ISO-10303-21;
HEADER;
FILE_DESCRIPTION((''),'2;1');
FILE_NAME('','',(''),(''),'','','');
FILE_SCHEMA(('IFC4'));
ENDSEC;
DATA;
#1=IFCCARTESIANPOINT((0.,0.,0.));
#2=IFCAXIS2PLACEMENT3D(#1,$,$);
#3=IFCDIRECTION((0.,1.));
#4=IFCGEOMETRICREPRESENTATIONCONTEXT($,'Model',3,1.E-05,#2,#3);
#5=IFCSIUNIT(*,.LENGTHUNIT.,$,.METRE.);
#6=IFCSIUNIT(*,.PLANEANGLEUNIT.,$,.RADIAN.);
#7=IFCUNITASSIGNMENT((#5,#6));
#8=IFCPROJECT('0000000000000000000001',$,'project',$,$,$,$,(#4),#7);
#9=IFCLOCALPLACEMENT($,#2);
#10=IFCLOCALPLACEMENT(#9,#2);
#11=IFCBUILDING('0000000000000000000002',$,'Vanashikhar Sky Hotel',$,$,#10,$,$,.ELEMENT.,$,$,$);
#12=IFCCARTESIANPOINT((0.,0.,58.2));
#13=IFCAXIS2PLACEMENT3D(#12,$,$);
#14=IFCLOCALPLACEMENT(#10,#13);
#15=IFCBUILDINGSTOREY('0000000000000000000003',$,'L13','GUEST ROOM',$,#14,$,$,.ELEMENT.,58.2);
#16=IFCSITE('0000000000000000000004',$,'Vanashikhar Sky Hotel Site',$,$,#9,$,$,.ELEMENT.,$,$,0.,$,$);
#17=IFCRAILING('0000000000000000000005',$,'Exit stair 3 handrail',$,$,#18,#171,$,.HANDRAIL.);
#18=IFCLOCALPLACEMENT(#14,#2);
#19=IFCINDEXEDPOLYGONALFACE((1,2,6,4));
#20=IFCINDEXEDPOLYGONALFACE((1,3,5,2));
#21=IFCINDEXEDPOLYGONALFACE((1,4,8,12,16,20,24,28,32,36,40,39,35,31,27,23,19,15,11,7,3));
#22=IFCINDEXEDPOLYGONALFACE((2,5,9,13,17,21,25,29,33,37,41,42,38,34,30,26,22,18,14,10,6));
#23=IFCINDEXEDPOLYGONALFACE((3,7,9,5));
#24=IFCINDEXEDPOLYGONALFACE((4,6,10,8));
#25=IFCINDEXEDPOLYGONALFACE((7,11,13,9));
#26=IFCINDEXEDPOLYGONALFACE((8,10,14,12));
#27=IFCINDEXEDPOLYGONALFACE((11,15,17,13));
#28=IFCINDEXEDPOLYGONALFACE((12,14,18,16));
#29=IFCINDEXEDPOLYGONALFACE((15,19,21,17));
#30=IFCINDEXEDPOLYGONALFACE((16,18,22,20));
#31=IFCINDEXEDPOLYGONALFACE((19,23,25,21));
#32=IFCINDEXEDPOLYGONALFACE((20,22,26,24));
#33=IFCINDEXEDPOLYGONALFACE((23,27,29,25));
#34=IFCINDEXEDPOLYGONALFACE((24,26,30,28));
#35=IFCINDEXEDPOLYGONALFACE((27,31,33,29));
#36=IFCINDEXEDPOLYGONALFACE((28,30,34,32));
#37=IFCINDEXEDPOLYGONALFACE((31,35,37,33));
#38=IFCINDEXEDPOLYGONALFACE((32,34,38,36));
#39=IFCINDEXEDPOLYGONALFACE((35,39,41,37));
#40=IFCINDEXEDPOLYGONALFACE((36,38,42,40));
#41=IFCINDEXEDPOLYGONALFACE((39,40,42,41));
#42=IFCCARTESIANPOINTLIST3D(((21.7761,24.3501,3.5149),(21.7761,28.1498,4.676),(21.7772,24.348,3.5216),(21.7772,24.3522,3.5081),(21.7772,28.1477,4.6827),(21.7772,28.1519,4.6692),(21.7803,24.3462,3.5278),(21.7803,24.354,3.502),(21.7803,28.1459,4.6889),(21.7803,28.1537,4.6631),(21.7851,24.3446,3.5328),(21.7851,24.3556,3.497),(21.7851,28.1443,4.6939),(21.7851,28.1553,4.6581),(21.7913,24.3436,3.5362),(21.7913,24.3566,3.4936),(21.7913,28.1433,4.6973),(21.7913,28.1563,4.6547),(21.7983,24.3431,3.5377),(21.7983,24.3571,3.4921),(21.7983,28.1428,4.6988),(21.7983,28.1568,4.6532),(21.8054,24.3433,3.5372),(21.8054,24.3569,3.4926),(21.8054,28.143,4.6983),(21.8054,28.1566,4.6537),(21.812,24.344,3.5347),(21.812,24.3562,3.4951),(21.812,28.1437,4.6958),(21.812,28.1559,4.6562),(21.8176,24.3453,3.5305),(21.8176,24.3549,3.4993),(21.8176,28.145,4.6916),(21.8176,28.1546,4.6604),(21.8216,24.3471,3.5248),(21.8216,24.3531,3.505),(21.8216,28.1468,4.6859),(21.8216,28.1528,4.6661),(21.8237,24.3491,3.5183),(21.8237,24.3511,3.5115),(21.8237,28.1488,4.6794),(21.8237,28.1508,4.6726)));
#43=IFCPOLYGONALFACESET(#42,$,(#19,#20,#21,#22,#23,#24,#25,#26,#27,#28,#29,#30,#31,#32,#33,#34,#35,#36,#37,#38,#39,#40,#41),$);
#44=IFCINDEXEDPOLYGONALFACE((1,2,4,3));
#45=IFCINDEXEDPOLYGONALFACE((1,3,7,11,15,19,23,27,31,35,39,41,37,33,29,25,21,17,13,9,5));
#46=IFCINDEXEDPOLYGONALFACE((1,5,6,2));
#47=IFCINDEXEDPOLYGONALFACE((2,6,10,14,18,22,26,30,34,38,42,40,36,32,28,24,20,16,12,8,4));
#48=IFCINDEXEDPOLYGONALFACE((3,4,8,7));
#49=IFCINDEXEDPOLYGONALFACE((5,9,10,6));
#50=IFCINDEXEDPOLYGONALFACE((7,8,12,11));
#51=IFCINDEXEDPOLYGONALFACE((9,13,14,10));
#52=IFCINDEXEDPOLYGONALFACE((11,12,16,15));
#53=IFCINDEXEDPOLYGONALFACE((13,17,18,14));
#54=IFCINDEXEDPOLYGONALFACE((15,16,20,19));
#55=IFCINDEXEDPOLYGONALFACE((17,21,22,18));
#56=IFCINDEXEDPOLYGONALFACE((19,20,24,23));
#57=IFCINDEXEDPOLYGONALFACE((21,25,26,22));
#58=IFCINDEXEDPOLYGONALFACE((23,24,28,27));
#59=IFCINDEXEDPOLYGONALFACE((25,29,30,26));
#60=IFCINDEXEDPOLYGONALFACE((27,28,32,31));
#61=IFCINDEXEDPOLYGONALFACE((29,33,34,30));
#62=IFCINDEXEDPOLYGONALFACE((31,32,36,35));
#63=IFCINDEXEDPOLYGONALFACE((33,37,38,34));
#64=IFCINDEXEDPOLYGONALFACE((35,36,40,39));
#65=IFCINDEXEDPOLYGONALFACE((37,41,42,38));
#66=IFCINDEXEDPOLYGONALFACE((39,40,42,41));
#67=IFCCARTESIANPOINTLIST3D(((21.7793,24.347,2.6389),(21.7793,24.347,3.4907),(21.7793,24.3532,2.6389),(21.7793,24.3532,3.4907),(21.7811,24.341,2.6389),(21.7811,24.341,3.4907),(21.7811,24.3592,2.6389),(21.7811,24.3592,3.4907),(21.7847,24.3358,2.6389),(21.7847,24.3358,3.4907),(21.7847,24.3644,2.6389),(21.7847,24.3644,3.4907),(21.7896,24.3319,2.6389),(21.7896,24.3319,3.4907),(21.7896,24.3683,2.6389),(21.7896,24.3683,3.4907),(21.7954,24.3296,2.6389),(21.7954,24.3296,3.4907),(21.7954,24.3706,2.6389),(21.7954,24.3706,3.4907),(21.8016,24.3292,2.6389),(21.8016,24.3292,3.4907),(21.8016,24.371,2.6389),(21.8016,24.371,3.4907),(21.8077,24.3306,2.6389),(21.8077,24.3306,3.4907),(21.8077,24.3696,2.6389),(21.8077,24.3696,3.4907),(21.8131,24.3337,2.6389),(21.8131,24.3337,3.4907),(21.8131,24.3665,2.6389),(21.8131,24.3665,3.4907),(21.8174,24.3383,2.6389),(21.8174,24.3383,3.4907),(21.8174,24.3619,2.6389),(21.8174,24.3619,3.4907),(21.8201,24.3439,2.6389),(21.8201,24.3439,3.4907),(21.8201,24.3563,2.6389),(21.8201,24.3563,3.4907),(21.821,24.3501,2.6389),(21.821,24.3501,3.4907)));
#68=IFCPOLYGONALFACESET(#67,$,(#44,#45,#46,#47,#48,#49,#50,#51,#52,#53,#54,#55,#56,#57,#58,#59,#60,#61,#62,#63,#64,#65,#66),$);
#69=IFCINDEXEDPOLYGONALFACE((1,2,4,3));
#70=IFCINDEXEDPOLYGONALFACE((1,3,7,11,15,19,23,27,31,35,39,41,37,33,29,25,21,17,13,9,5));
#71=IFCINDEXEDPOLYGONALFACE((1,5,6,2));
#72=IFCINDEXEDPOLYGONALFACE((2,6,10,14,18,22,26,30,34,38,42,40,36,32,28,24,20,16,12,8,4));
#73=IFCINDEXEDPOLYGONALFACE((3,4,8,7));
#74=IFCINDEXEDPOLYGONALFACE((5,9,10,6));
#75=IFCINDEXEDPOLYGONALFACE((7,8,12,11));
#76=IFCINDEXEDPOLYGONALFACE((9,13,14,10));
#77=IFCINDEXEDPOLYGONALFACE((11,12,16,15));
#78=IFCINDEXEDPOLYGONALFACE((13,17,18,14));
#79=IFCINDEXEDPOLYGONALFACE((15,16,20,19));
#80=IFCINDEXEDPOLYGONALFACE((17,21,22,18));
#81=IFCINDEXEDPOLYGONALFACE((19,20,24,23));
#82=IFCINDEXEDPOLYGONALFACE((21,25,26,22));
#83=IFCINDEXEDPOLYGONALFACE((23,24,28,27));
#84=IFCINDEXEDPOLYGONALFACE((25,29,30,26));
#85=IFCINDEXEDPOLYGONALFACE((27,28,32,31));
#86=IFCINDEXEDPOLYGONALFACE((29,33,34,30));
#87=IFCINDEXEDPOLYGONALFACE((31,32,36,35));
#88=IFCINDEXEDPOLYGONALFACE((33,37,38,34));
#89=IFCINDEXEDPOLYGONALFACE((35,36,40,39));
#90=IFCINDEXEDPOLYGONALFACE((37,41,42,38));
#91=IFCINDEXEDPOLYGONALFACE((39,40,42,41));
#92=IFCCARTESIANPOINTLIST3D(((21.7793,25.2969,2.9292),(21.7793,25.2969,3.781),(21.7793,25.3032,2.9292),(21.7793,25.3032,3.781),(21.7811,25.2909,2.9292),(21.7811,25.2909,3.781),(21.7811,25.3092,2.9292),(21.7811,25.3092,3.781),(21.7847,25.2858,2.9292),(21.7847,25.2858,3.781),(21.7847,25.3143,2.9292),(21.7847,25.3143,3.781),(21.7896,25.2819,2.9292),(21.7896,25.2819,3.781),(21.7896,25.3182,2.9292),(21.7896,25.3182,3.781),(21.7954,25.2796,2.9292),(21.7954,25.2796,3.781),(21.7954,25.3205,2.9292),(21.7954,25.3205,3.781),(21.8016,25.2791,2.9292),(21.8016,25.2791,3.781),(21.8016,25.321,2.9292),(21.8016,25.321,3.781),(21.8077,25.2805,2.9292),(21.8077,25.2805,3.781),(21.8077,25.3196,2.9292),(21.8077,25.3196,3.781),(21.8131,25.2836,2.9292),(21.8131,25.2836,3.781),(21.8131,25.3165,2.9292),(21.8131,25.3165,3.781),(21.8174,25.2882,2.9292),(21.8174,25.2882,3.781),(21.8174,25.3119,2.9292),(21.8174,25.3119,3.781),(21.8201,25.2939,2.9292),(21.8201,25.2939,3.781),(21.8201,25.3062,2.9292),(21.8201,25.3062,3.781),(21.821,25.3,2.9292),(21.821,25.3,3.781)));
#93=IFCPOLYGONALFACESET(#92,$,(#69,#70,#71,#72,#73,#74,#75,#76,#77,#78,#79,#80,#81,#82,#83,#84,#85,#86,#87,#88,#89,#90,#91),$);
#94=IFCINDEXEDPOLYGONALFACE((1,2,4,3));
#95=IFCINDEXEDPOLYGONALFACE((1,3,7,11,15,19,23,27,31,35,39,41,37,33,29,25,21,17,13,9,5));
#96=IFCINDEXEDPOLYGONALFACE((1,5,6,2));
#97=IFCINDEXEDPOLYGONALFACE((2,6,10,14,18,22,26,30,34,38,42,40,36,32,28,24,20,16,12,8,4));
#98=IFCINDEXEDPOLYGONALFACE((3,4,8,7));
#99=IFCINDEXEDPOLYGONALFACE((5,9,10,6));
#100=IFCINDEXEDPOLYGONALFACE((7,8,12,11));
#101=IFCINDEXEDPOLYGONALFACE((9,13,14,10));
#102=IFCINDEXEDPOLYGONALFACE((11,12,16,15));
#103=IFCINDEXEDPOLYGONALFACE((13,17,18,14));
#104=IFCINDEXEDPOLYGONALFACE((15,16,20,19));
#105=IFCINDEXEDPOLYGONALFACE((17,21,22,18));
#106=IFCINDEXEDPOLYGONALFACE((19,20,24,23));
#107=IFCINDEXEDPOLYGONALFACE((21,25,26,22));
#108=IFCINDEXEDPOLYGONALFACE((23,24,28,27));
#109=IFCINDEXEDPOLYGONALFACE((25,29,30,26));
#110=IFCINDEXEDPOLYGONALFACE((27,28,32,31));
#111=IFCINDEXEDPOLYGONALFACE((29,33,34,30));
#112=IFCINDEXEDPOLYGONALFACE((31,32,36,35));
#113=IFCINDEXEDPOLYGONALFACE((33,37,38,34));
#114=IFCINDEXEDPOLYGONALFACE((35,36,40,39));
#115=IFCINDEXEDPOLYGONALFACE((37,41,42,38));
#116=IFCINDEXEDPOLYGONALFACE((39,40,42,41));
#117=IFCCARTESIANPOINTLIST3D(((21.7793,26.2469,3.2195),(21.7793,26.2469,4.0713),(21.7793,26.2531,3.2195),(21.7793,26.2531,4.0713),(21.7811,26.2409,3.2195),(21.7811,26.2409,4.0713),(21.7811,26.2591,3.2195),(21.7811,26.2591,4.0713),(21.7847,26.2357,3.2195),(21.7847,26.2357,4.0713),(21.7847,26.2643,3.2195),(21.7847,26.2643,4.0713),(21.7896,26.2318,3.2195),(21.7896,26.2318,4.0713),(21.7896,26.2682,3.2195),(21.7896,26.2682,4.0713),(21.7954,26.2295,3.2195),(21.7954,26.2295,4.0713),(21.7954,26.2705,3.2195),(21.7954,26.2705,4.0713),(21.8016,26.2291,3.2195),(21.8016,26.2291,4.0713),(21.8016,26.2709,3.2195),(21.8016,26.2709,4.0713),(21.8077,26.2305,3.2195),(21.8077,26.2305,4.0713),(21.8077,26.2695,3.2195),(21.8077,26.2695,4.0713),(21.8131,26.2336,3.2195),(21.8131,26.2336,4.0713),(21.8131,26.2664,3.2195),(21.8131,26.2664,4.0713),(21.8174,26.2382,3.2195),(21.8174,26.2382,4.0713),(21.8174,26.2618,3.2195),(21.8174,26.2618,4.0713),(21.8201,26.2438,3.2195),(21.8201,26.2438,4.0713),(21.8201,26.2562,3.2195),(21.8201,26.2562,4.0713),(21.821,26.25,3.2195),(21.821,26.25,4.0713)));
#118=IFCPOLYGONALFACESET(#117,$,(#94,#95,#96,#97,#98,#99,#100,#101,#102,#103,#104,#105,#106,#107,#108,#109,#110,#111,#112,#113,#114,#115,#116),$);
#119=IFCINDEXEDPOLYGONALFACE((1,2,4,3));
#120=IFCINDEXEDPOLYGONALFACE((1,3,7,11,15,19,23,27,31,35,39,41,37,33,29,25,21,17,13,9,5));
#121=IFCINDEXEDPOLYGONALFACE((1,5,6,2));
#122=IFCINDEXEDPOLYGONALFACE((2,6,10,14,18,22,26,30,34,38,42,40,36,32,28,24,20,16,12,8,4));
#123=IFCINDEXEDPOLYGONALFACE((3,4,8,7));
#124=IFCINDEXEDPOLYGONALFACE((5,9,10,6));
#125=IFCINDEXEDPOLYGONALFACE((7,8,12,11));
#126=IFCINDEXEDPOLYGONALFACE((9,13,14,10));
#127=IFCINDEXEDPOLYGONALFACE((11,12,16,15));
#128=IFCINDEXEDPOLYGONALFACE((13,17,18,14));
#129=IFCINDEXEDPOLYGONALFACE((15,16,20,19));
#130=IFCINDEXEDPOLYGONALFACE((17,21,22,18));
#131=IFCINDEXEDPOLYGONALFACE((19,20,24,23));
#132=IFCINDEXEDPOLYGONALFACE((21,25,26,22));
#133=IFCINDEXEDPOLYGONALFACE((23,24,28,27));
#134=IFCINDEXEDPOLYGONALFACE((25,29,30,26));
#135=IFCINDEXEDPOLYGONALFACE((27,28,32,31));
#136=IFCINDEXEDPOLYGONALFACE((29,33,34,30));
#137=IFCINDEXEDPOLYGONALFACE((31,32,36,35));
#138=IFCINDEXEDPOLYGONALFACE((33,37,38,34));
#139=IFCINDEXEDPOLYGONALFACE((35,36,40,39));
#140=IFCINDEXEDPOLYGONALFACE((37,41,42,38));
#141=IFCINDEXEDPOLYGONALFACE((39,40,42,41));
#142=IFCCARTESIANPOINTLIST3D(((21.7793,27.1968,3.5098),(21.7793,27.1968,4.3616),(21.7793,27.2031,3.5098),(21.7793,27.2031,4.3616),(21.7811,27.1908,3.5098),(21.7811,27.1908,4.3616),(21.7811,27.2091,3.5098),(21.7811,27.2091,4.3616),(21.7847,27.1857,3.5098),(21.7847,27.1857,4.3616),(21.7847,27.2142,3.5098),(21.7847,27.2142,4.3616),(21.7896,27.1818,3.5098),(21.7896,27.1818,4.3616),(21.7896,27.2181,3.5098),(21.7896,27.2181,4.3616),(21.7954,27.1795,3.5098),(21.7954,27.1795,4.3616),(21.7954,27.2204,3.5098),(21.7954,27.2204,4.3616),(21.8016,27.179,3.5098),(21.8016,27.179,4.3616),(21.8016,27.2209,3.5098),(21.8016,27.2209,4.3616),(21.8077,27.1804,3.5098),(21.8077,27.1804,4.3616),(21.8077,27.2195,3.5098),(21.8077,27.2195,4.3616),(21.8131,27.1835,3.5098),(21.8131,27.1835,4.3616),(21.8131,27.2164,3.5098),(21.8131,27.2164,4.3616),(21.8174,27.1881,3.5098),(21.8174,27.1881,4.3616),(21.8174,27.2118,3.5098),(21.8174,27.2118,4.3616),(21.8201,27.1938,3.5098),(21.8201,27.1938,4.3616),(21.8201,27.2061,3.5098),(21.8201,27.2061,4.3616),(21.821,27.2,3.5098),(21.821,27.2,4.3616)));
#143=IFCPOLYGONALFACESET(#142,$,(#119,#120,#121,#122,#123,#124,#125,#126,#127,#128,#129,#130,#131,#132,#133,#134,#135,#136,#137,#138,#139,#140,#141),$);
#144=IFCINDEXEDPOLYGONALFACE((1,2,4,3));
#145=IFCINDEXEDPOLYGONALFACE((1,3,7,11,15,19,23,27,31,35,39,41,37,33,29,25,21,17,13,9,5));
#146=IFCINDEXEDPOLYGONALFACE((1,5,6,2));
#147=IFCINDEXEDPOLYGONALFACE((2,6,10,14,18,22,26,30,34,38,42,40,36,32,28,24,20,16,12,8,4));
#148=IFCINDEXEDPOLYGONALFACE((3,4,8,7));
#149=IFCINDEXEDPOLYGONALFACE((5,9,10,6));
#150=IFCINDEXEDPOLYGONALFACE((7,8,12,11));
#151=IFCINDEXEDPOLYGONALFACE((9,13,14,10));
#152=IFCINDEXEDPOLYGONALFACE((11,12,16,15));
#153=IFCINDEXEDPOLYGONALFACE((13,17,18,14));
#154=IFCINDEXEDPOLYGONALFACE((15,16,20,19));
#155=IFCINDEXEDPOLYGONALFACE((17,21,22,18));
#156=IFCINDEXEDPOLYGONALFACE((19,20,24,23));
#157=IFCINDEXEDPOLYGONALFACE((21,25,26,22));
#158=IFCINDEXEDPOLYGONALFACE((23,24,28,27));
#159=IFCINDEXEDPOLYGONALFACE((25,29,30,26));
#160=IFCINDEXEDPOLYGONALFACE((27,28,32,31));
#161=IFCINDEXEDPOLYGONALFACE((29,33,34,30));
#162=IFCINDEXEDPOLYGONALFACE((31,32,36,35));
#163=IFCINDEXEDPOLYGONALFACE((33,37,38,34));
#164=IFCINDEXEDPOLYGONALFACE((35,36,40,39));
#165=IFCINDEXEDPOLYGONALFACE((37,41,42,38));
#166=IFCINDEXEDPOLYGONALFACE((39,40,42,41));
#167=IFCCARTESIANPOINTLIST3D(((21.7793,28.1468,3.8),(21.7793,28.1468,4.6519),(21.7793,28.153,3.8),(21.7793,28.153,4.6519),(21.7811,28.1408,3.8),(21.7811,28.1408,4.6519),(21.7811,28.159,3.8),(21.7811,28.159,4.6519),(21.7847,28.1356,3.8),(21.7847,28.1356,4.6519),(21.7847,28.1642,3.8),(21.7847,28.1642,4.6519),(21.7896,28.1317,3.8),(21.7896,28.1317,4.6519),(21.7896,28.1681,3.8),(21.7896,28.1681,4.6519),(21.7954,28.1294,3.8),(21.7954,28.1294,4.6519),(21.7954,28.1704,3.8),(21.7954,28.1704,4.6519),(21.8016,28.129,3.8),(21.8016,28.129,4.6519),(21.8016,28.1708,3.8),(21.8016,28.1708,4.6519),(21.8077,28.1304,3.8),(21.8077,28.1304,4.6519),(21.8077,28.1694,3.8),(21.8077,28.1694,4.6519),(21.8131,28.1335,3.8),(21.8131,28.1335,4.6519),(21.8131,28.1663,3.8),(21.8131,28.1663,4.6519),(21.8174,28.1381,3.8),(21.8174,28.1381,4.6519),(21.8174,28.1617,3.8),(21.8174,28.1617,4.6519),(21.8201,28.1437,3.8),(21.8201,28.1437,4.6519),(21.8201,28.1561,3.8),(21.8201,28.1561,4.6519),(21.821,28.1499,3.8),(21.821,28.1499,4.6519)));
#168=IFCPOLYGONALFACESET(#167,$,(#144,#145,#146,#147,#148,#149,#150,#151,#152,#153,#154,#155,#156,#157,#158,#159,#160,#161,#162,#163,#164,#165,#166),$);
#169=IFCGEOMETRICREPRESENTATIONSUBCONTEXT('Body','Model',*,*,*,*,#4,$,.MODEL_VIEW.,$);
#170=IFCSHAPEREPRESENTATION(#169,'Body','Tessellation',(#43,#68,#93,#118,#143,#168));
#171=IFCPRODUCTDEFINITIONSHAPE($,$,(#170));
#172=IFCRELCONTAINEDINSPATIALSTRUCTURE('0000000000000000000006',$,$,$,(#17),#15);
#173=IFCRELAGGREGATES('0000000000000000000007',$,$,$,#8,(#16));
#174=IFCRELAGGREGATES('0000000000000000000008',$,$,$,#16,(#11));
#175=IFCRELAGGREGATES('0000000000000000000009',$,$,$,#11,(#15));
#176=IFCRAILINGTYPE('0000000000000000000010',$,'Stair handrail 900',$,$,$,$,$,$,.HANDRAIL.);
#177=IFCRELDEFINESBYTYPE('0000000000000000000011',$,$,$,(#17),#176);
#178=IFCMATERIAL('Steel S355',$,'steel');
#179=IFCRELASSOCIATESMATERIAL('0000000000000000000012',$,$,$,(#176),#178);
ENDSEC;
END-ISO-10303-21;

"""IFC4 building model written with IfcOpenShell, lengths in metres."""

from ifc_helpers import new_model, si_unit, direction, frame, origin, origin_2d, place, context, subcontext, project, spatial, circle, extrude, source, transform, mapped, material, type_object, element, save


model = new_model("IFC4")

# Units and contexts
model_context = context("Model", 3, precision=1e-05, world=origin(), true_north=direction((0.0, 1.0)))
body_context = subcontext(model_context, "Body", "Model", "MODEL_VIEW")
ifc_project = project(units=[si_unit("LENGTHUNIT", "METRE"), si_unit("PLANEANGLEUNIT", "RADIAN")], contexts=[model_context])

# Site, building, storey
site_placement = place(None, origin())
site = spatial("IfcSite", under=ifc_project, at=site_placement, Name="Vanashikhar Sky Hotel Site", CompositionType="ELEMENT", RefElevation=0.0)
building_placement = place(site_placement, origin())
building = spatial("IfcBuilding", under=site, at=building_placement, Name="Vanashikhar Sky Hotel", CompositionType="ELEMENT")
storey_placement = place(building_placement, frame((0.0, 0.0, 58.2)))
storey = spatial("IfcBuildingStorey", under=building, at=storey_placement, Name="L13", Description="GUEST ROOM", CompositionType="ELEMENT", Elevation=58.2)

# Railing
ifc_material_1 = material(Name="Steel S355", Category="steel")
railing_type = type_object("IfcRailingType", Name="Stair handrail 900", PredefinedType="HANDRAIL", material=ifc_material_1)
shared_shape_1 = source(origin(), body_context, "Body", "SweptSolid", [
    extrude(circle(Radius=0.0239, at=origin_2d()), frame((0.0, 0.0, 0.876), z_axis=(0.0, 0.956346, 0.292237), x_axis=(-1.0, 0.0, 0.0)), (0.0, 0.0, 1.0), 3.9731),
    extrude(circle(Radius=0.021, at=origin_2d()), origin(), (0.0, 0.0, 1.0), 0.8518),
    extrude(circle(Radius=0.021, at=origin_2d()), frame((0.0, 0.95, 0.2903)), (0.0, 0.0, 1.0), 0.8518),
    extrude(circle(Radius=0.021, at=origin_2d()), frame((0.0, 1.8999, 0.5806)), (0.0, 0.0, 1.0), 0.8518),
    extrude(circle(Radius=0.021, at=origin_2d()), frame((0.0, 2.8499, 0.8708)), (0.0, 0.0, 1.0), 0.8518),
    extrude(circle(Radius=0.021, at=origin_2d()), frame((0.0, 3.7998, 1.1611)), (0.0, 0.0, 1.0), 0.8518),
])
railing_1_placement = place(storey_placement, frame((21.8, 24.3501, 2.6389)))
element("IfcRailing", 1, at=railing_1_placement, inside=storey, type_object=railing_type, Name="Exit stair 3 handrail", PredefinedType="HANDRAIL", context=body_context, shape_type="MappedRepresentation", body=[
    mapped(shared_shape_1, transform((0.0, 0.0, 0.0), scale=1.0)),
])

save(model, "model.ifc")
